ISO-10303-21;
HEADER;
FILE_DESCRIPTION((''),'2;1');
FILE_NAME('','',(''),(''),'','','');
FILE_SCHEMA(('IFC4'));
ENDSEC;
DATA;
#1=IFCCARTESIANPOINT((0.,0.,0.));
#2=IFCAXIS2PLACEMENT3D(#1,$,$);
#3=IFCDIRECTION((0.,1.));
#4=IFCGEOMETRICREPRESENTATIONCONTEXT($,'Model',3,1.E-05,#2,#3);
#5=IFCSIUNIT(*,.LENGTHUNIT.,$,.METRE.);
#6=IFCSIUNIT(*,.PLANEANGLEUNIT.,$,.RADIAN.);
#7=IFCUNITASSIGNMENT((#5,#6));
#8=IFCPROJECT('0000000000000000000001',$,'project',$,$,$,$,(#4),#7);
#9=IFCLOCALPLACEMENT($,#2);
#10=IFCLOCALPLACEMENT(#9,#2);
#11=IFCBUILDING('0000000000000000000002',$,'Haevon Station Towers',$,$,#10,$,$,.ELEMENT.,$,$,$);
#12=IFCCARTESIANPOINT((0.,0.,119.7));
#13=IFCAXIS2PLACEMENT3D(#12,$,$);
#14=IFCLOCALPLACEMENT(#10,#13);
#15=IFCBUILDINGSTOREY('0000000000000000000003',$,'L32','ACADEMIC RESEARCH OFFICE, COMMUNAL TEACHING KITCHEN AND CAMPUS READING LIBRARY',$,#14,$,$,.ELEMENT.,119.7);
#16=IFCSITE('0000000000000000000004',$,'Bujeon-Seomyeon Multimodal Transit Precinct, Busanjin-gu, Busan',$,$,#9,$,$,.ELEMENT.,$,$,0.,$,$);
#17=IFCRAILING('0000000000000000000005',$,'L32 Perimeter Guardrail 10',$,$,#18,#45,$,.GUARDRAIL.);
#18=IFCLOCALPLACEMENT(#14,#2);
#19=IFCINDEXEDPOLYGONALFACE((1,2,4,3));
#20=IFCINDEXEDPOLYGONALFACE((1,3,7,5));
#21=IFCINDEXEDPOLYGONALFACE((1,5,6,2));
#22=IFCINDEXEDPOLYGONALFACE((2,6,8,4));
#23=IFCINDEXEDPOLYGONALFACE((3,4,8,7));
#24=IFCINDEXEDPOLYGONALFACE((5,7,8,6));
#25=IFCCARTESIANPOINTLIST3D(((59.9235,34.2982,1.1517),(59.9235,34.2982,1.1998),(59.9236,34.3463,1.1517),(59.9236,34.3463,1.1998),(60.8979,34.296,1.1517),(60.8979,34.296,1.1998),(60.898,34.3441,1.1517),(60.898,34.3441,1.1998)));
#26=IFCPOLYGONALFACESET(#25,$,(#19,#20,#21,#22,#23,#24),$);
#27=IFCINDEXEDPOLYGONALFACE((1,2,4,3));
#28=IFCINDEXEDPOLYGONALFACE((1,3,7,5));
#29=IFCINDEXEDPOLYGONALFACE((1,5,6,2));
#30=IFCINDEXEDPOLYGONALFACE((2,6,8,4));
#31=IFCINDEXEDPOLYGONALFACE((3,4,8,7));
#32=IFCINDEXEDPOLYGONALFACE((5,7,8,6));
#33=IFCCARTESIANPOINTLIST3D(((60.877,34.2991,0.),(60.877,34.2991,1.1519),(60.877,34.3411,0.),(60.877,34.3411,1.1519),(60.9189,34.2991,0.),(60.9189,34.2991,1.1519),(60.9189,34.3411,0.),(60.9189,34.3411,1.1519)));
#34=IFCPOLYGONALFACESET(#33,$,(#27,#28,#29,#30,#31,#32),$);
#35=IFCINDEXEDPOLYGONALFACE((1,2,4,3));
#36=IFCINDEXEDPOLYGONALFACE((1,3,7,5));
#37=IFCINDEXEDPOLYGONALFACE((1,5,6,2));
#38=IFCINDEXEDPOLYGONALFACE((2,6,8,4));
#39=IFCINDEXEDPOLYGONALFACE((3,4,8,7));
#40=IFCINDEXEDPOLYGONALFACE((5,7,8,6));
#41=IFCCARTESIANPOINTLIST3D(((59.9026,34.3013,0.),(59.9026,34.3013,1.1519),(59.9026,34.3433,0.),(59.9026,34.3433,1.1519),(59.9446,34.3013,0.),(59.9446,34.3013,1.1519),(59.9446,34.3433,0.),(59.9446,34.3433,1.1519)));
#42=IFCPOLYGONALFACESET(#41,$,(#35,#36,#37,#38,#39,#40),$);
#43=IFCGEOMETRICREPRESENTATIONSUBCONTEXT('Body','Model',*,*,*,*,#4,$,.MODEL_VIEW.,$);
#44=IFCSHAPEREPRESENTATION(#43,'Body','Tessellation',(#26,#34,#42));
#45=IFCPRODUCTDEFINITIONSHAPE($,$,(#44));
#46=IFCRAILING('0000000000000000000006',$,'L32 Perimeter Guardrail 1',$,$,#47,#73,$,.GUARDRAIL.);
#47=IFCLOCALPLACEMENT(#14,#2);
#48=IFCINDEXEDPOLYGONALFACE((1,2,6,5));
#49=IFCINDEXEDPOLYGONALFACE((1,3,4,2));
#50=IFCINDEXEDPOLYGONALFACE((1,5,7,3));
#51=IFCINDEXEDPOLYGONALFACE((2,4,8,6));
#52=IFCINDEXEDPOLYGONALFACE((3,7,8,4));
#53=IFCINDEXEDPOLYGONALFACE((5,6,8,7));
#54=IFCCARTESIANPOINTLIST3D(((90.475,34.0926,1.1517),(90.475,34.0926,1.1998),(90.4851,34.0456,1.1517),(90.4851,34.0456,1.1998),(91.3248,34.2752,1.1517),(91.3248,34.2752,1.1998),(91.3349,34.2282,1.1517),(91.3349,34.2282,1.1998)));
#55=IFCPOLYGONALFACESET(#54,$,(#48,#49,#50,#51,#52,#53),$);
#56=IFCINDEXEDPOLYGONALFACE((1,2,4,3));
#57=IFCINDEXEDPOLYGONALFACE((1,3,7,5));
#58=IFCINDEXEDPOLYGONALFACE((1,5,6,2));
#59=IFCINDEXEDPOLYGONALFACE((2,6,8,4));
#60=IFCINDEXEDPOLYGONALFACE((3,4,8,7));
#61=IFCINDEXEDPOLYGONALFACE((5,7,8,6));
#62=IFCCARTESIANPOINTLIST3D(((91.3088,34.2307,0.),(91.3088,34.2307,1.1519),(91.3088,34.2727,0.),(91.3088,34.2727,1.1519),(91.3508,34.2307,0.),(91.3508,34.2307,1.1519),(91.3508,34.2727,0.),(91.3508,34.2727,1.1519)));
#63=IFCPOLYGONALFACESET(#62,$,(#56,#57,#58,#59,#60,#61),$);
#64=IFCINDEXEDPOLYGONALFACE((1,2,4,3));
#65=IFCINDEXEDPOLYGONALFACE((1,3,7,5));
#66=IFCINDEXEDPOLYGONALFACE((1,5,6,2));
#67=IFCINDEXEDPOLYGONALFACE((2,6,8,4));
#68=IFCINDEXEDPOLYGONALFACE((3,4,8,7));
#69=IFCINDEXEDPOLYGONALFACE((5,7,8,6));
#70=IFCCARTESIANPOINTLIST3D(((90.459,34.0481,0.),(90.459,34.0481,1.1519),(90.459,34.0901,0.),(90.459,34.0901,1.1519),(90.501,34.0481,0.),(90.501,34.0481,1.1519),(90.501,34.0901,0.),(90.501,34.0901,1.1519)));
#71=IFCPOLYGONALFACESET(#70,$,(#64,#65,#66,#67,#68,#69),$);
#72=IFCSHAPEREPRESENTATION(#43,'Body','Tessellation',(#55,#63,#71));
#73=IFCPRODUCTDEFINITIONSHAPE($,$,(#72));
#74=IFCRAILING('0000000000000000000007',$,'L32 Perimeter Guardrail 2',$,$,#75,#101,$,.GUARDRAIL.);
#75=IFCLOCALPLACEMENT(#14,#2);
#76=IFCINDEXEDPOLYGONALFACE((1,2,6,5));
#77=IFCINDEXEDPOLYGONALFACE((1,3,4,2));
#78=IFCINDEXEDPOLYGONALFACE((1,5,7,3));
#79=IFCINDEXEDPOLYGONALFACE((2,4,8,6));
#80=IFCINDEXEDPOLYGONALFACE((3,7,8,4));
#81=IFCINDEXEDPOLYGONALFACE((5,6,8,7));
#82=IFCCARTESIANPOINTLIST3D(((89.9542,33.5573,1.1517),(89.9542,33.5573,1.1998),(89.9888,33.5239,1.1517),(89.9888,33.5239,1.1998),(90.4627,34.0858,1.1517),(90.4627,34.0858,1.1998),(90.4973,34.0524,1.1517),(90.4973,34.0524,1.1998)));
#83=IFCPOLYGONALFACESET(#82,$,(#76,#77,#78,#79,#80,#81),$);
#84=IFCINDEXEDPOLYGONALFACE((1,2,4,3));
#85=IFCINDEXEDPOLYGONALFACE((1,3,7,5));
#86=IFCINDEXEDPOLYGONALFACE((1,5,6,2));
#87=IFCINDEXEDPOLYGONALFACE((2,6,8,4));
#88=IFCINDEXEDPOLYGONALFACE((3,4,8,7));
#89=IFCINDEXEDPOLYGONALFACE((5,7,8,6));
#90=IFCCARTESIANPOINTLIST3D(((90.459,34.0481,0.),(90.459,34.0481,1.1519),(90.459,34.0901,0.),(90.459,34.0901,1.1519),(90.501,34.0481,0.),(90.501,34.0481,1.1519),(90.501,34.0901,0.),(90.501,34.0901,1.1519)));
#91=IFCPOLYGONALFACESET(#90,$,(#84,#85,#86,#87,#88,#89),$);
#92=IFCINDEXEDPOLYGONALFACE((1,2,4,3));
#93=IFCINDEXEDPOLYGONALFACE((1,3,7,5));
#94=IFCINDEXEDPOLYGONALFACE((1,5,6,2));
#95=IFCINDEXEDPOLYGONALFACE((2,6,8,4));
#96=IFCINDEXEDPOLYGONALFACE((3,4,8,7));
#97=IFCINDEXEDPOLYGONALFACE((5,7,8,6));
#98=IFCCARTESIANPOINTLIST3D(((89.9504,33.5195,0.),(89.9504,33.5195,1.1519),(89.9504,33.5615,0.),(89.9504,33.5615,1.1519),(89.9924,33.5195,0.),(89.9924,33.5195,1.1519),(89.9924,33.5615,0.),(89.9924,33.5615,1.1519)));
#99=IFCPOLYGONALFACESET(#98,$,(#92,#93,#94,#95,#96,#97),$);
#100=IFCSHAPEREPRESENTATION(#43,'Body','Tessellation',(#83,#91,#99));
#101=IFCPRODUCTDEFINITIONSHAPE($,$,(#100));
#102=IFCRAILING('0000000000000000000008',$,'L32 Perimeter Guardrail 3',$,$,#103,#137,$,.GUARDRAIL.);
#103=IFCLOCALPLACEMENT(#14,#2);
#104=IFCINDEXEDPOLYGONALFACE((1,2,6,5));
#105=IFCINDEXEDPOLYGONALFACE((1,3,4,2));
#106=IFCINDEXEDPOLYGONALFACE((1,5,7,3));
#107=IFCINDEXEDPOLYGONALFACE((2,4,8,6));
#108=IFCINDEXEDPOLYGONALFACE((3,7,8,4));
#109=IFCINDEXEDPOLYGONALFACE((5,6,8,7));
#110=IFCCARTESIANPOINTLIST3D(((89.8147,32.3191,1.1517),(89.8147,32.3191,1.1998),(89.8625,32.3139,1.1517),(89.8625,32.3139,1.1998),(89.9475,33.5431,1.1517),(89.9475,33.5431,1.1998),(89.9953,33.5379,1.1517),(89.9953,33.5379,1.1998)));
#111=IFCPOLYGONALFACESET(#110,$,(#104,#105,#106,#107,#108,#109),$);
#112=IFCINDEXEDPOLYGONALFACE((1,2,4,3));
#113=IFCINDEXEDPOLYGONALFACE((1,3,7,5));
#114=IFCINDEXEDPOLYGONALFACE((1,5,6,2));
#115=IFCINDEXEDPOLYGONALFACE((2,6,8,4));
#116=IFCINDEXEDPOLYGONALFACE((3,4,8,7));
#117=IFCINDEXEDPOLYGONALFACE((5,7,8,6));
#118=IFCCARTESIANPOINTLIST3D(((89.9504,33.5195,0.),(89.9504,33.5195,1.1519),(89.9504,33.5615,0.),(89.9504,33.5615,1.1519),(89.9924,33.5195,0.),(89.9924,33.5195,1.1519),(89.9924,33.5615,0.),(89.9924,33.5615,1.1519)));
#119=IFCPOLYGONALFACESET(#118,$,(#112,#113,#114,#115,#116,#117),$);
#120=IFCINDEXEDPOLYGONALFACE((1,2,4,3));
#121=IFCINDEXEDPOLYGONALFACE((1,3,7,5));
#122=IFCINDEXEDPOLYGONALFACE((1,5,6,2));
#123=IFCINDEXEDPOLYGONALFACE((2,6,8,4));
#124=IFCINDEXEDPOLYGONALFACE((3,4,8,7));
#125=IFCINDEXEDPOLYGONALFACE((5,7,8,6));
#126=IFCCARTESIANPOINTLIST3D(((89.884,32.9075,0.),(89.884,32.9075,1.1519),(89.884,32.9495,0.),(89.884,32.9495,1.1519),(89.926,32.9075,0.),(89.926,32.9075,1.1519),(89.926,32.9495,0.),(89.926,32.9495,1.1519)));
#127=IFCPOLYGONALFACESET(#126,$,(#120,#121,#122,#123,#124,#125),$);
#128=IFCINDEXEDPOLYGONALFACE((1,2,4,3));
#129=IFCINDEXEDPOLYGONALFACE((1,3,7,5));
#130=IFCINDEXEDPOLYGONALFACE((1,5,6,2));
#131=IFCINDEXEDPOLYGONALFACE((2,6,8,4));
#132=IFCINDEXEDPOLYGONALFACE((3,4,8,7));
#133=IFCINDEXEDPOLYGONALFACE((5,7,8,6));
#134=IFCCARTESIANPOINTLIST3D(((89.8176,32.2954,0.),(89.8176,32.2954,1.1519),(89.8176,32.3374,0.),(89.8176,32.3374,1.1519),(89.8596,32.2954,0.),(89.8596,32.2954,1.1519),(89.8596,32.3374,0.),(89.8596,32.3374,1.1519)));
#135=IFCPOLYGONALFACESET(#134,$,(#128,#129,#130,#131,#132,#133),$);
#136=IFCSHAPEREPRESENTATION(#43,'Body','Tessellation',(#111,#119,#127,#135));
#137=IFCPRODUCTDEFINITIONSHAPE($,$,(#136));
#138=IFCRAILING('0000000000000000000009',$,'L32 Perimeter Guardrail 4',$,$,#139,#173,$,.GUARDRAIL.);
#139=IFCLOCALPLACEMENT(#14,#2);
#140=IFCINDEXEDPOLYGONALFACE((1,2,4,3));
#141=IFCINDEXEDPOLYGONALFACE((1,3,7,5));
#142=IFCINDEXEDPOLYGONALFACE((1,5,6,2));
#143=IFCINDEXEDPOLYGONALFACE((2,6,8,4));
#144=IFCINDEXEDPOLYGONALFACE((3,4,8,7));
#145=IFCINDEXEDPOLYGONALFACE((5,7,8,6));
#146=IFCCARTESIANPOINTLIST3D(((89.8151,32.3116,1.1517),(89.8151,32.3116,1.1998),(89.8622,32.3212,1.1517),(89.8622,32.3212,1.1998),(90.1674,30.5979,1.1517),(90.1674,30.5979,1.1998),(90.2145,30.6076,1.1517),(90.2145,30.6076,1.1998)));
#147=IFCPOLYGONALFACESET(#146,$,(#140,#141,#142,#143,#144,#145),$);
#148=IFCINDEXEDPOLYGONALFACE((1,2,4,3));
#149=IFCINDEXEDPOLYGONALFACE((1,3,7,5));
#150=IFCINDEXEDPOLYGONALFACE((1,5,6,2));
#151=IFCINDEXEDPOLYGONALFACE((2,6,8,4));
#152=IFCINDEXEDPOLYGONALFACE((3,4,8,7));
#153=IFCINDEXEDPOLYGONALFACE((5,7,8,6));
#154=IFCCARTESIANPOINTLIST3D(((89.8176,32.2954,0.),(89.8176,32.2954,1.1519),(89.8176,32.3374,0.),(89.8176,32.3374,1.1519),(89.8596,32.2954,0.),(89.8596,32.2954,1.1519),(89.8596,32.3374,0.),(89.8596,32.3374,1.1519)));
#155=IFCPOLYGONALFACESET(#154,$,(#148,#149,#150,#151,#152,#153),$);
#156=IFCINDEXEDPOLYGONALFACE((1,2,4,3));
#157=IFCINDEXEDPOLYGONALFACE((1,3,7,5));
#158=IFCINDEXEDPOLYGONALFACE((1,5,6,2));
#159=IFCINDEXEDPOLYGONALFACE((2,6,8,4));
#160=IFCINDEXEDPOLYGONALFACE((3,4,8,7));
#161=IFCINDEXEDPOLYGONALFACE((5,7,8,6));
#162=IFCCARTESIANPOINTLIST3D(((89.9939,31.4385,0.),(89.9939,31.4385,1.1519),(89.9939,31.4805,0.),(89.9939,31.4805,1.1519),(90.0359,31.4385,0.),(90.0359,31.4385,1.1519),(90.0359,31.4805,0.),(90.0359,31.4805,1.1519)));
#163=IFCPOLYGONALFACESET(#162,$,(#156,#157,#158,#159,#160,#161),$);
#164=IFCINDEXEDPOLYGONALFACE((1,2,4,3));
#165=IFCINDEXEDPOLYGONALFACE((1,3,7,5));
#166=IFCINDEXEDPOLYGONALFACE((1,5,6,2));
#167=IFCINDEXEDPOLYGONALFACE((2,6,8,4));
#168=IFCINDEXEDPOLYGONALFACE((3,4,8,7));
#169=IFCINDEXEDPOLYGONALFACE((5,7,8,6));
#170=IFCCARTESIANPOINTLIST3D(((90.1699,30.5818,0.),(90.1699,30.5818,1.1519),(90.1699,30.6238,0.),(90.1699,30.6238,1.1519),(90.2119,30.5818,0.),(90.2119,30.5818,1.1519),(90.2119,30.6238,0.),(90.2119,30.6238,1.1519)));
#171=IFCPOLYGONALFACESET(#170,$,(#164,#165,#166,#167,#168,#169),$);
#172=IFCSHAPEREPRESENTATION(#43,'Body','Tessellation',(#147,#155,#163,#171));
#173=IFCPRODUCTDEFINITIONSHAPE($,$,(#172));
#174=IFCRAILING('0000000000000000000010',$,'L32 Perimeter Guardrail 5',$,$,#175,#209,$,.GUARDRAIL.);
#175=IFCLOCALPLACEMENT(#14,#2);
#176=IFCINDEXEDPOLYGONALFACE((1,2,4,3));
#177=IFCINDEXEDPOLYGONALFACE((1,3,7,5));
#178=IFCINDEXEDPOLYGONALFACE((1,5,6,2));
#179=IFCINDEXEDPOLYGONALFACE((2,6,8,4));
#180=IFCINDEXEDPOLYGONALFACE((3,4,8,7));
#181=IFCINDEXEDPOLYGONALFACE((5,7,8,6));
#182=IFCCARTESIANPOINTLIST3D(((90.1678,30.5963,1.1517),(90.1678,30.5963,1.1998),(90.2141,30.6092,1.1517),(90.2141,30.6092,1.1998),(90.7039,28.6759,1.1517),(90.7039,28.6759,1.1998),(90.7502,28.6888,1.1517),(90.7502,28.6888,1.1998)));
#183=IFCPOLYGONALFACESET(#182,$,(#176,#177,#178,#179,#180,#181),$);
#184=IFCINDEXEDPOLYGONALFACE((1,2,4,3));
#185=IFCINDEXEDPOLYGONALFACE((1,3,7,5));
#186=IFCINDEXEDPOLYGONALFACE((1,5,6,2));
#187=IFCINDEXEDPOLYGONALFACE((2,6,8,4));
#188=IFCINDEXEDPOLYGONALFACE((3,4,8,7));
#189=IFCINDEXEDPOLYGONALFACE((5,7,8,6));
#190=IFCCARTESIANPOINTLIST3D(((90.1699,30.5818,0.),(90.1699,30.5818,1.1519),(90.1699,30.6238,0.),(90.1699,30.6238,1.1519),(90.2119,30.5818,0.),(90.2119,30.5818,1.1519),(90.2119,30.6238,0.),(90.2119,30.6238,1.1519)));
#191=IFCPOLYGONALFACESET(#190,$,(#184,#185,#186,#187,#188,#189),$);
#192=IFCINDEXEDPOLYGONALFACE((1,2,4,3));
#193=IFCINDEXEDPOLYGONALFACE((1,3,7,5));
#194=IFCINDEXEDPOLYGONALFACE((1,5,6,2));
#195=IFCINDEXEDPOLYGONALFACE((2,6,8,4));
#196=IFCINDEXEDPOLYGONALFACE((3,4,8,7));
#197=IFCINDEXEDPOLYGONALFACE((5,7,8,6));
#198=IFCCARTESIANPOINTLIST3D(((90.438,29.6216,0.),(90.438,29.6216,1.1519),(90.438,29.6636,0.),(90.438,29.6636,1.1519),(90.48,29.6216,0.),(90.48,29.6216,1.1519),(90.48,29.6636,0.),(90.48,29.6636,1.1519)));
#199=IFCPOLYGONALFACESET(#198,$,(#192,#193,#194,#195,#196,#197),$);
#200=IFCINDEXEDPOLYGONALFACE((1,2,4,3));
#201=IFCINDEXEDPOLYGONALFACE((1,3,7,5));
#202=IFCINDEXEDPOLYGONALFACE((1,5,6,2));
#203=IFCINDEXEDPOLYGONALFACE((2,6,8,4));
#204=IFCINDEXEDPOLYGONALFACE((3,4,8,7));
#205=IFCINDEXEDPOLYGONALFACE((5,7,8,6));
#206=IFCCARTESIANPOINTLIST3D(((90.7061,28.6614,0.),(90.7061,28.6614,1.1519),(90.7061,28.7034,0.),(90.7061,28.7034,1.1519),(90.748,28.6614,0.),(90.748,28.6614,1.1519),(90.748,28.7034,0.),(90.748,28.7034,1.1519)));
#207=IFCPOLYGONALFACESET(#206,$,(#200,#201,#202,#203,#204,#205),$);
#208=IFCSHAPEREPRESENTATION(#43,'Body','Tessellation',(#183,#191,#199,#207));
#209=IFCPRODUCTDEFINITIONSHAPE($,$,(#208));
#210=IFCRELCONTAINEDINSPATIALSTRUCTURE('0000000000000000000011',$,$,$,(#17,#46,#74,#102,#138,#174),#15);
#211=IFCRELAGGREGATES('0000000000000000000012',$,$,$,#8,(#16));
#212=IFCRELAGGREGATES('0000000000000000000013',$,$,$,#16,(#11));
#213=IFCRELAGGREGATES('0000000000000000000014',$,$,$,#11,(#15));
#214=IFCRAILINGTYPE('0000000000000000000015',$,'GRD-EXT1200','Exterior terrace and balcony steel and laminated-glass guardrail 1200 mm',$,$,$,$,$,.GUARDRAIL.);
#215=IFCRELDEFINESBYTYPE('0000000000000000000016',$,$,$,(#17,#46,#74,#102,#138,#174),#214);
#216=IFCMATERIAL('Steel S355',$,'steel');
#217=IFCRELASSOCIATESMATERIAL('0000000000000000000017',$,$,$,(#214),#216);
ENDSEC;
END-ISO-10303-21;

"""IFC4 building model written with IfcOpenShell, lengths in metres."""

from ifc_helpers import new_model, si_unit, direction, frame, origin, origin_2d, place, context, subcontext, project, spatial, rectangle, extrude, material, type_object, element, save


model = new_model("IFC4")

# Units and contexts
model_context = context("Model", 3, precision=1e-05, world=origin(), true_north=direction((0.0, 1.0)))
body_context = subcontext(model_context, "Body", "Model", "MODEL_VIEW")
ifc_project = project(units=[si_unit("LENGTHUNIT", "METRE"), si_unit("PLANEANGLEUNIT", "RADIAN")], contexts=[model_context])

# Site, building, storey
site_placement = place(None, origin())
site = spatial("IfcSite", under=ifc_project, at=site_placement, Name="Bujeon-Seomyeon Multimodal Transit Precinct, Busanjin-gu, Busan", CompositionType="ELEMENT", RefElevation=0.0)
building_placement = place(site_placement, origin())
building = spatial("IfcBuilding", under=site, at=building_placement, Name="Haevon Station Towers", CompositionType="ELEMENT")
storey_placement = place(building_placement, frame((0.0, 0.0, 119.7)))
storey = spatial("IfcBuildingStorey", under=building, at=storey_placement, Name="L32", Description="ACADEMIC RESEARCH OFFICE, COMMUNAL TEACHING KITCHEN AND CAMPUS READING LIBRARY", CompositionType="ELEMENT", Elevation=119.7)

# Shared definitions
ifc_material_1 = material(Name="Steel S355", Category="steel")

# Railings
railing_type = type_object("IfcRailingType", Name="GRD-EXT1200", Description="Exterior terrace and balcony steel and laminated-glass guardrail 1200 mm", PredefinedType="GUARDRAIL", material=ifc_material_1)
railing_1_placement = place(storey_placement, frame((60.8979, 34.3201, 0.0)))
element("IfcRailing", 1, at=railing_1_placement, inside=storey, type_object=railing_type, Name="L32 Perimeter Guardrail 10", PredefinedType="GUARDRAIL", context=body_context, shape_type="SweptSolid", body=[
    extrude(rectangle(XDim=0.0481, YDim=0.0481, at=origin_2d()), frame((0.0, 0.0, 1.1758), z_axis=(-0.999997, 0.002255, 0.0), x_axis=(-0.002255, -0.999997, 0.0)), (0.0, 0.0, 1.0), 0.9744),
    extrude(rectangle(XDim=0.042, YDim=0.042, at=origin_2d()), origin(), (0.0, 0.0, 1.0), 1.1519),
    extrude(rectangle(XDim=0.042, YDim=0.042, at=origin_2d()), frame((-0.9744, 0.0022, 0.0)), (0.0, 0.0, 1.0), 1.1519),
])
railing_2_placement = place(storey_placement, frame((91.3298, 34.2517, 0.0)))
element("IfcRailing", 2, at=railing_2_placement, inside=storey, type_object=railing_type, Name="L32 Perimeter Guardrail 1", PredefinedType="GUARDRAIL", context=body_context, shape_type="SweptSolid", body=[
    extrude(rectangle(XDim=0.0481, YDim=0.0481, at=origin_2d()), frame((0.0, 0.0, 1.1758), z_axis=(-0.977683, -0.210085, 0.0), x_axis=(0.210085, -0.977683, 0.0)), (0.0, 0.0, 1.0), 0.8691),
    extrude(rectangle(XDim=0.042, YDim=0.042, at=origin_2d()), origin(), (0.0, 0.0, 1.0), 1.1519),
    extrude(rectangle(XDim=0.042, YDim=0.042, at=origin_2d()), frame((-0.8499, -0.1826, 0.0)), (0.0, 0.0, 1.0), 1.1519),
])
railing_3_placement = place(storey_placement, frame((90.48, 34.0691, 0.0)))
element("IfcRailing", 3, at=railing_3_placement, inside=storey, type_object=railing_type, Name="L32 Perimeter Guardrail 2", PredefinedType="GUARDRAIL", context=body_context, shape_type="SweptSolid", body=[
    extrude(rectangle(XDim=0.0481, YDim=0.0481, at=origin_2d()), frame((0.0, 0.0, 1.1758), z_axis=(-0.693328, -0.720622, 0.0), x_axis=(0.720622, -0.693328, 0.0)), (0.0, 0.0, 1.0), 0.7334),
    extrude(rectangle(XDim=0.042, YDim=0.042, at=origin_2d()), origin(), (0.0, 0.0, 1.0), 1.1519),
    extrude(rectangle(XDim=0.042, YDim=0.042, at=origin_2d()), frame((-0.5085, -0.5286, 0.0)), (0.0, 0.0, 1.0), 1.1519),
])
railing_4_placement = place(storey_placement, frame((89.9714, 33.5405, 0.0)))
element("IfcRailing", 4, at=railing_4_placement, inside=storey, type_object=railing_type, Name="L32 Perimeter Guardrail 3", PredefinedType="GUARDRAIL", context=body_context, shape_type="SweptSolid", body=[
    extrude(rectangle(XDim=0.0481, YDim=0.0481, at=origin_2d()), frame((0.0, 0.0, 1.1758), z_axis=(-0.107863, -0.994166, 0.0), x_axis=(0.994166, -0.107863, 0.0)), (0.0, 0.0, 1.0), 1.2312),
    extrude(rectangle(XDim=0.042, YDim=0.042, at=origin_2d()), origin(), (0.0, 0.0, 1.0), 1.1519),
    extrude(rectangle(XDim=0.042, YDim=0.042, at=origin_2d()), frame((-0.0664, -0.6121, 0.0)), (0.0, 0.0, 1.0), 1.1519),
    extrude(rectangle(XDim=0.042, YDim=0.042, at=origin_2d()), frame((-0.1328, -1.2241, 0.0)), (0.0, 0.0, 1.0), 1.1519),
])
railing_5_placement = place(storey_placement, frame((89.8386, 32.3164, 0.0)))
element("IfcRailing", 5, at=railing_5_placement, inside=storey, type_object=railing_type, Name="L32 Perimeter Guardrail 4", PredefinedType="GUARDRAIL", context=body_context, shape_type="SweptSolid", body=[
    extrude(rectangle(XDim=0.0481, YDim=0.0481, at=origin_2d()), frame((0.0, 0.0, 1.1758), z_axis=(0.201373, -0.979515, 0.0), x_axis=(0.979515, 0.201373, 0.0)), (0.0, 0.0, 1.0), 1.7495),
    extrude(rectangle(XDim=0.042, YDim=0.042, at=origin_2d()), origin(), (0.0, 0.0, 1.0), 1.1519),
    extrude(rectangle(XDim=0.042, YDim=0.042, at=origin_2d()), frame((0.1763, -0.8569, 0.0)), (0.0, 0.0, 1.0), 1.1519),
    extrude(rectangle(XDim=0.042, YDim=0.042, at=origin_2d()), frame((0.3523, -1.7136, 0.0)), (0.0, 0.0, 1.0), 1.1519),
])
railing_6_placement = place(storey_placement, frame((90.1909, 30.6028, 0.0)))
element("IfcRailing", 6, at=railing_6_placement, inside=storey, type_object=railing_type, Name="L32 Perimeter Guardrail 5", PredefinedType="GUARDRAIL", context=body_context, shape_type="SweptSolid", body=[
    extrude(rectangle(XDim=0.0481, YDim=0.0481, at=origin_2d()), frame((0.0, 0.0, 1.1758), z_axis=(0.268894, -0.96317, 0.0), x_axis=(0.96317, 0.268894, 0.0)), (0.0, 0.0, 1.0), 1.9939),
    extrude(rectangle(XDim=0.042, YDim=0.042, at=origin_2d()), origin(), (0.0, 0.0, 1.0), 1.1519),
    extrude(rectangle(XDim=0.042, YDim=0.042, at=origin_2d()), frame((0.2681, -0.9602, 0.0)), (0.0, 0.0, 1.0), 1.1519),
    extrude(rectangle(XDim=0.042, YDim=0.042, at=origin_2d()), frame((0.5361, -1.9204, 0.0)), (0.0, 0.0, 1.0), 1.1519),
])

save(model, "model.ifc")
